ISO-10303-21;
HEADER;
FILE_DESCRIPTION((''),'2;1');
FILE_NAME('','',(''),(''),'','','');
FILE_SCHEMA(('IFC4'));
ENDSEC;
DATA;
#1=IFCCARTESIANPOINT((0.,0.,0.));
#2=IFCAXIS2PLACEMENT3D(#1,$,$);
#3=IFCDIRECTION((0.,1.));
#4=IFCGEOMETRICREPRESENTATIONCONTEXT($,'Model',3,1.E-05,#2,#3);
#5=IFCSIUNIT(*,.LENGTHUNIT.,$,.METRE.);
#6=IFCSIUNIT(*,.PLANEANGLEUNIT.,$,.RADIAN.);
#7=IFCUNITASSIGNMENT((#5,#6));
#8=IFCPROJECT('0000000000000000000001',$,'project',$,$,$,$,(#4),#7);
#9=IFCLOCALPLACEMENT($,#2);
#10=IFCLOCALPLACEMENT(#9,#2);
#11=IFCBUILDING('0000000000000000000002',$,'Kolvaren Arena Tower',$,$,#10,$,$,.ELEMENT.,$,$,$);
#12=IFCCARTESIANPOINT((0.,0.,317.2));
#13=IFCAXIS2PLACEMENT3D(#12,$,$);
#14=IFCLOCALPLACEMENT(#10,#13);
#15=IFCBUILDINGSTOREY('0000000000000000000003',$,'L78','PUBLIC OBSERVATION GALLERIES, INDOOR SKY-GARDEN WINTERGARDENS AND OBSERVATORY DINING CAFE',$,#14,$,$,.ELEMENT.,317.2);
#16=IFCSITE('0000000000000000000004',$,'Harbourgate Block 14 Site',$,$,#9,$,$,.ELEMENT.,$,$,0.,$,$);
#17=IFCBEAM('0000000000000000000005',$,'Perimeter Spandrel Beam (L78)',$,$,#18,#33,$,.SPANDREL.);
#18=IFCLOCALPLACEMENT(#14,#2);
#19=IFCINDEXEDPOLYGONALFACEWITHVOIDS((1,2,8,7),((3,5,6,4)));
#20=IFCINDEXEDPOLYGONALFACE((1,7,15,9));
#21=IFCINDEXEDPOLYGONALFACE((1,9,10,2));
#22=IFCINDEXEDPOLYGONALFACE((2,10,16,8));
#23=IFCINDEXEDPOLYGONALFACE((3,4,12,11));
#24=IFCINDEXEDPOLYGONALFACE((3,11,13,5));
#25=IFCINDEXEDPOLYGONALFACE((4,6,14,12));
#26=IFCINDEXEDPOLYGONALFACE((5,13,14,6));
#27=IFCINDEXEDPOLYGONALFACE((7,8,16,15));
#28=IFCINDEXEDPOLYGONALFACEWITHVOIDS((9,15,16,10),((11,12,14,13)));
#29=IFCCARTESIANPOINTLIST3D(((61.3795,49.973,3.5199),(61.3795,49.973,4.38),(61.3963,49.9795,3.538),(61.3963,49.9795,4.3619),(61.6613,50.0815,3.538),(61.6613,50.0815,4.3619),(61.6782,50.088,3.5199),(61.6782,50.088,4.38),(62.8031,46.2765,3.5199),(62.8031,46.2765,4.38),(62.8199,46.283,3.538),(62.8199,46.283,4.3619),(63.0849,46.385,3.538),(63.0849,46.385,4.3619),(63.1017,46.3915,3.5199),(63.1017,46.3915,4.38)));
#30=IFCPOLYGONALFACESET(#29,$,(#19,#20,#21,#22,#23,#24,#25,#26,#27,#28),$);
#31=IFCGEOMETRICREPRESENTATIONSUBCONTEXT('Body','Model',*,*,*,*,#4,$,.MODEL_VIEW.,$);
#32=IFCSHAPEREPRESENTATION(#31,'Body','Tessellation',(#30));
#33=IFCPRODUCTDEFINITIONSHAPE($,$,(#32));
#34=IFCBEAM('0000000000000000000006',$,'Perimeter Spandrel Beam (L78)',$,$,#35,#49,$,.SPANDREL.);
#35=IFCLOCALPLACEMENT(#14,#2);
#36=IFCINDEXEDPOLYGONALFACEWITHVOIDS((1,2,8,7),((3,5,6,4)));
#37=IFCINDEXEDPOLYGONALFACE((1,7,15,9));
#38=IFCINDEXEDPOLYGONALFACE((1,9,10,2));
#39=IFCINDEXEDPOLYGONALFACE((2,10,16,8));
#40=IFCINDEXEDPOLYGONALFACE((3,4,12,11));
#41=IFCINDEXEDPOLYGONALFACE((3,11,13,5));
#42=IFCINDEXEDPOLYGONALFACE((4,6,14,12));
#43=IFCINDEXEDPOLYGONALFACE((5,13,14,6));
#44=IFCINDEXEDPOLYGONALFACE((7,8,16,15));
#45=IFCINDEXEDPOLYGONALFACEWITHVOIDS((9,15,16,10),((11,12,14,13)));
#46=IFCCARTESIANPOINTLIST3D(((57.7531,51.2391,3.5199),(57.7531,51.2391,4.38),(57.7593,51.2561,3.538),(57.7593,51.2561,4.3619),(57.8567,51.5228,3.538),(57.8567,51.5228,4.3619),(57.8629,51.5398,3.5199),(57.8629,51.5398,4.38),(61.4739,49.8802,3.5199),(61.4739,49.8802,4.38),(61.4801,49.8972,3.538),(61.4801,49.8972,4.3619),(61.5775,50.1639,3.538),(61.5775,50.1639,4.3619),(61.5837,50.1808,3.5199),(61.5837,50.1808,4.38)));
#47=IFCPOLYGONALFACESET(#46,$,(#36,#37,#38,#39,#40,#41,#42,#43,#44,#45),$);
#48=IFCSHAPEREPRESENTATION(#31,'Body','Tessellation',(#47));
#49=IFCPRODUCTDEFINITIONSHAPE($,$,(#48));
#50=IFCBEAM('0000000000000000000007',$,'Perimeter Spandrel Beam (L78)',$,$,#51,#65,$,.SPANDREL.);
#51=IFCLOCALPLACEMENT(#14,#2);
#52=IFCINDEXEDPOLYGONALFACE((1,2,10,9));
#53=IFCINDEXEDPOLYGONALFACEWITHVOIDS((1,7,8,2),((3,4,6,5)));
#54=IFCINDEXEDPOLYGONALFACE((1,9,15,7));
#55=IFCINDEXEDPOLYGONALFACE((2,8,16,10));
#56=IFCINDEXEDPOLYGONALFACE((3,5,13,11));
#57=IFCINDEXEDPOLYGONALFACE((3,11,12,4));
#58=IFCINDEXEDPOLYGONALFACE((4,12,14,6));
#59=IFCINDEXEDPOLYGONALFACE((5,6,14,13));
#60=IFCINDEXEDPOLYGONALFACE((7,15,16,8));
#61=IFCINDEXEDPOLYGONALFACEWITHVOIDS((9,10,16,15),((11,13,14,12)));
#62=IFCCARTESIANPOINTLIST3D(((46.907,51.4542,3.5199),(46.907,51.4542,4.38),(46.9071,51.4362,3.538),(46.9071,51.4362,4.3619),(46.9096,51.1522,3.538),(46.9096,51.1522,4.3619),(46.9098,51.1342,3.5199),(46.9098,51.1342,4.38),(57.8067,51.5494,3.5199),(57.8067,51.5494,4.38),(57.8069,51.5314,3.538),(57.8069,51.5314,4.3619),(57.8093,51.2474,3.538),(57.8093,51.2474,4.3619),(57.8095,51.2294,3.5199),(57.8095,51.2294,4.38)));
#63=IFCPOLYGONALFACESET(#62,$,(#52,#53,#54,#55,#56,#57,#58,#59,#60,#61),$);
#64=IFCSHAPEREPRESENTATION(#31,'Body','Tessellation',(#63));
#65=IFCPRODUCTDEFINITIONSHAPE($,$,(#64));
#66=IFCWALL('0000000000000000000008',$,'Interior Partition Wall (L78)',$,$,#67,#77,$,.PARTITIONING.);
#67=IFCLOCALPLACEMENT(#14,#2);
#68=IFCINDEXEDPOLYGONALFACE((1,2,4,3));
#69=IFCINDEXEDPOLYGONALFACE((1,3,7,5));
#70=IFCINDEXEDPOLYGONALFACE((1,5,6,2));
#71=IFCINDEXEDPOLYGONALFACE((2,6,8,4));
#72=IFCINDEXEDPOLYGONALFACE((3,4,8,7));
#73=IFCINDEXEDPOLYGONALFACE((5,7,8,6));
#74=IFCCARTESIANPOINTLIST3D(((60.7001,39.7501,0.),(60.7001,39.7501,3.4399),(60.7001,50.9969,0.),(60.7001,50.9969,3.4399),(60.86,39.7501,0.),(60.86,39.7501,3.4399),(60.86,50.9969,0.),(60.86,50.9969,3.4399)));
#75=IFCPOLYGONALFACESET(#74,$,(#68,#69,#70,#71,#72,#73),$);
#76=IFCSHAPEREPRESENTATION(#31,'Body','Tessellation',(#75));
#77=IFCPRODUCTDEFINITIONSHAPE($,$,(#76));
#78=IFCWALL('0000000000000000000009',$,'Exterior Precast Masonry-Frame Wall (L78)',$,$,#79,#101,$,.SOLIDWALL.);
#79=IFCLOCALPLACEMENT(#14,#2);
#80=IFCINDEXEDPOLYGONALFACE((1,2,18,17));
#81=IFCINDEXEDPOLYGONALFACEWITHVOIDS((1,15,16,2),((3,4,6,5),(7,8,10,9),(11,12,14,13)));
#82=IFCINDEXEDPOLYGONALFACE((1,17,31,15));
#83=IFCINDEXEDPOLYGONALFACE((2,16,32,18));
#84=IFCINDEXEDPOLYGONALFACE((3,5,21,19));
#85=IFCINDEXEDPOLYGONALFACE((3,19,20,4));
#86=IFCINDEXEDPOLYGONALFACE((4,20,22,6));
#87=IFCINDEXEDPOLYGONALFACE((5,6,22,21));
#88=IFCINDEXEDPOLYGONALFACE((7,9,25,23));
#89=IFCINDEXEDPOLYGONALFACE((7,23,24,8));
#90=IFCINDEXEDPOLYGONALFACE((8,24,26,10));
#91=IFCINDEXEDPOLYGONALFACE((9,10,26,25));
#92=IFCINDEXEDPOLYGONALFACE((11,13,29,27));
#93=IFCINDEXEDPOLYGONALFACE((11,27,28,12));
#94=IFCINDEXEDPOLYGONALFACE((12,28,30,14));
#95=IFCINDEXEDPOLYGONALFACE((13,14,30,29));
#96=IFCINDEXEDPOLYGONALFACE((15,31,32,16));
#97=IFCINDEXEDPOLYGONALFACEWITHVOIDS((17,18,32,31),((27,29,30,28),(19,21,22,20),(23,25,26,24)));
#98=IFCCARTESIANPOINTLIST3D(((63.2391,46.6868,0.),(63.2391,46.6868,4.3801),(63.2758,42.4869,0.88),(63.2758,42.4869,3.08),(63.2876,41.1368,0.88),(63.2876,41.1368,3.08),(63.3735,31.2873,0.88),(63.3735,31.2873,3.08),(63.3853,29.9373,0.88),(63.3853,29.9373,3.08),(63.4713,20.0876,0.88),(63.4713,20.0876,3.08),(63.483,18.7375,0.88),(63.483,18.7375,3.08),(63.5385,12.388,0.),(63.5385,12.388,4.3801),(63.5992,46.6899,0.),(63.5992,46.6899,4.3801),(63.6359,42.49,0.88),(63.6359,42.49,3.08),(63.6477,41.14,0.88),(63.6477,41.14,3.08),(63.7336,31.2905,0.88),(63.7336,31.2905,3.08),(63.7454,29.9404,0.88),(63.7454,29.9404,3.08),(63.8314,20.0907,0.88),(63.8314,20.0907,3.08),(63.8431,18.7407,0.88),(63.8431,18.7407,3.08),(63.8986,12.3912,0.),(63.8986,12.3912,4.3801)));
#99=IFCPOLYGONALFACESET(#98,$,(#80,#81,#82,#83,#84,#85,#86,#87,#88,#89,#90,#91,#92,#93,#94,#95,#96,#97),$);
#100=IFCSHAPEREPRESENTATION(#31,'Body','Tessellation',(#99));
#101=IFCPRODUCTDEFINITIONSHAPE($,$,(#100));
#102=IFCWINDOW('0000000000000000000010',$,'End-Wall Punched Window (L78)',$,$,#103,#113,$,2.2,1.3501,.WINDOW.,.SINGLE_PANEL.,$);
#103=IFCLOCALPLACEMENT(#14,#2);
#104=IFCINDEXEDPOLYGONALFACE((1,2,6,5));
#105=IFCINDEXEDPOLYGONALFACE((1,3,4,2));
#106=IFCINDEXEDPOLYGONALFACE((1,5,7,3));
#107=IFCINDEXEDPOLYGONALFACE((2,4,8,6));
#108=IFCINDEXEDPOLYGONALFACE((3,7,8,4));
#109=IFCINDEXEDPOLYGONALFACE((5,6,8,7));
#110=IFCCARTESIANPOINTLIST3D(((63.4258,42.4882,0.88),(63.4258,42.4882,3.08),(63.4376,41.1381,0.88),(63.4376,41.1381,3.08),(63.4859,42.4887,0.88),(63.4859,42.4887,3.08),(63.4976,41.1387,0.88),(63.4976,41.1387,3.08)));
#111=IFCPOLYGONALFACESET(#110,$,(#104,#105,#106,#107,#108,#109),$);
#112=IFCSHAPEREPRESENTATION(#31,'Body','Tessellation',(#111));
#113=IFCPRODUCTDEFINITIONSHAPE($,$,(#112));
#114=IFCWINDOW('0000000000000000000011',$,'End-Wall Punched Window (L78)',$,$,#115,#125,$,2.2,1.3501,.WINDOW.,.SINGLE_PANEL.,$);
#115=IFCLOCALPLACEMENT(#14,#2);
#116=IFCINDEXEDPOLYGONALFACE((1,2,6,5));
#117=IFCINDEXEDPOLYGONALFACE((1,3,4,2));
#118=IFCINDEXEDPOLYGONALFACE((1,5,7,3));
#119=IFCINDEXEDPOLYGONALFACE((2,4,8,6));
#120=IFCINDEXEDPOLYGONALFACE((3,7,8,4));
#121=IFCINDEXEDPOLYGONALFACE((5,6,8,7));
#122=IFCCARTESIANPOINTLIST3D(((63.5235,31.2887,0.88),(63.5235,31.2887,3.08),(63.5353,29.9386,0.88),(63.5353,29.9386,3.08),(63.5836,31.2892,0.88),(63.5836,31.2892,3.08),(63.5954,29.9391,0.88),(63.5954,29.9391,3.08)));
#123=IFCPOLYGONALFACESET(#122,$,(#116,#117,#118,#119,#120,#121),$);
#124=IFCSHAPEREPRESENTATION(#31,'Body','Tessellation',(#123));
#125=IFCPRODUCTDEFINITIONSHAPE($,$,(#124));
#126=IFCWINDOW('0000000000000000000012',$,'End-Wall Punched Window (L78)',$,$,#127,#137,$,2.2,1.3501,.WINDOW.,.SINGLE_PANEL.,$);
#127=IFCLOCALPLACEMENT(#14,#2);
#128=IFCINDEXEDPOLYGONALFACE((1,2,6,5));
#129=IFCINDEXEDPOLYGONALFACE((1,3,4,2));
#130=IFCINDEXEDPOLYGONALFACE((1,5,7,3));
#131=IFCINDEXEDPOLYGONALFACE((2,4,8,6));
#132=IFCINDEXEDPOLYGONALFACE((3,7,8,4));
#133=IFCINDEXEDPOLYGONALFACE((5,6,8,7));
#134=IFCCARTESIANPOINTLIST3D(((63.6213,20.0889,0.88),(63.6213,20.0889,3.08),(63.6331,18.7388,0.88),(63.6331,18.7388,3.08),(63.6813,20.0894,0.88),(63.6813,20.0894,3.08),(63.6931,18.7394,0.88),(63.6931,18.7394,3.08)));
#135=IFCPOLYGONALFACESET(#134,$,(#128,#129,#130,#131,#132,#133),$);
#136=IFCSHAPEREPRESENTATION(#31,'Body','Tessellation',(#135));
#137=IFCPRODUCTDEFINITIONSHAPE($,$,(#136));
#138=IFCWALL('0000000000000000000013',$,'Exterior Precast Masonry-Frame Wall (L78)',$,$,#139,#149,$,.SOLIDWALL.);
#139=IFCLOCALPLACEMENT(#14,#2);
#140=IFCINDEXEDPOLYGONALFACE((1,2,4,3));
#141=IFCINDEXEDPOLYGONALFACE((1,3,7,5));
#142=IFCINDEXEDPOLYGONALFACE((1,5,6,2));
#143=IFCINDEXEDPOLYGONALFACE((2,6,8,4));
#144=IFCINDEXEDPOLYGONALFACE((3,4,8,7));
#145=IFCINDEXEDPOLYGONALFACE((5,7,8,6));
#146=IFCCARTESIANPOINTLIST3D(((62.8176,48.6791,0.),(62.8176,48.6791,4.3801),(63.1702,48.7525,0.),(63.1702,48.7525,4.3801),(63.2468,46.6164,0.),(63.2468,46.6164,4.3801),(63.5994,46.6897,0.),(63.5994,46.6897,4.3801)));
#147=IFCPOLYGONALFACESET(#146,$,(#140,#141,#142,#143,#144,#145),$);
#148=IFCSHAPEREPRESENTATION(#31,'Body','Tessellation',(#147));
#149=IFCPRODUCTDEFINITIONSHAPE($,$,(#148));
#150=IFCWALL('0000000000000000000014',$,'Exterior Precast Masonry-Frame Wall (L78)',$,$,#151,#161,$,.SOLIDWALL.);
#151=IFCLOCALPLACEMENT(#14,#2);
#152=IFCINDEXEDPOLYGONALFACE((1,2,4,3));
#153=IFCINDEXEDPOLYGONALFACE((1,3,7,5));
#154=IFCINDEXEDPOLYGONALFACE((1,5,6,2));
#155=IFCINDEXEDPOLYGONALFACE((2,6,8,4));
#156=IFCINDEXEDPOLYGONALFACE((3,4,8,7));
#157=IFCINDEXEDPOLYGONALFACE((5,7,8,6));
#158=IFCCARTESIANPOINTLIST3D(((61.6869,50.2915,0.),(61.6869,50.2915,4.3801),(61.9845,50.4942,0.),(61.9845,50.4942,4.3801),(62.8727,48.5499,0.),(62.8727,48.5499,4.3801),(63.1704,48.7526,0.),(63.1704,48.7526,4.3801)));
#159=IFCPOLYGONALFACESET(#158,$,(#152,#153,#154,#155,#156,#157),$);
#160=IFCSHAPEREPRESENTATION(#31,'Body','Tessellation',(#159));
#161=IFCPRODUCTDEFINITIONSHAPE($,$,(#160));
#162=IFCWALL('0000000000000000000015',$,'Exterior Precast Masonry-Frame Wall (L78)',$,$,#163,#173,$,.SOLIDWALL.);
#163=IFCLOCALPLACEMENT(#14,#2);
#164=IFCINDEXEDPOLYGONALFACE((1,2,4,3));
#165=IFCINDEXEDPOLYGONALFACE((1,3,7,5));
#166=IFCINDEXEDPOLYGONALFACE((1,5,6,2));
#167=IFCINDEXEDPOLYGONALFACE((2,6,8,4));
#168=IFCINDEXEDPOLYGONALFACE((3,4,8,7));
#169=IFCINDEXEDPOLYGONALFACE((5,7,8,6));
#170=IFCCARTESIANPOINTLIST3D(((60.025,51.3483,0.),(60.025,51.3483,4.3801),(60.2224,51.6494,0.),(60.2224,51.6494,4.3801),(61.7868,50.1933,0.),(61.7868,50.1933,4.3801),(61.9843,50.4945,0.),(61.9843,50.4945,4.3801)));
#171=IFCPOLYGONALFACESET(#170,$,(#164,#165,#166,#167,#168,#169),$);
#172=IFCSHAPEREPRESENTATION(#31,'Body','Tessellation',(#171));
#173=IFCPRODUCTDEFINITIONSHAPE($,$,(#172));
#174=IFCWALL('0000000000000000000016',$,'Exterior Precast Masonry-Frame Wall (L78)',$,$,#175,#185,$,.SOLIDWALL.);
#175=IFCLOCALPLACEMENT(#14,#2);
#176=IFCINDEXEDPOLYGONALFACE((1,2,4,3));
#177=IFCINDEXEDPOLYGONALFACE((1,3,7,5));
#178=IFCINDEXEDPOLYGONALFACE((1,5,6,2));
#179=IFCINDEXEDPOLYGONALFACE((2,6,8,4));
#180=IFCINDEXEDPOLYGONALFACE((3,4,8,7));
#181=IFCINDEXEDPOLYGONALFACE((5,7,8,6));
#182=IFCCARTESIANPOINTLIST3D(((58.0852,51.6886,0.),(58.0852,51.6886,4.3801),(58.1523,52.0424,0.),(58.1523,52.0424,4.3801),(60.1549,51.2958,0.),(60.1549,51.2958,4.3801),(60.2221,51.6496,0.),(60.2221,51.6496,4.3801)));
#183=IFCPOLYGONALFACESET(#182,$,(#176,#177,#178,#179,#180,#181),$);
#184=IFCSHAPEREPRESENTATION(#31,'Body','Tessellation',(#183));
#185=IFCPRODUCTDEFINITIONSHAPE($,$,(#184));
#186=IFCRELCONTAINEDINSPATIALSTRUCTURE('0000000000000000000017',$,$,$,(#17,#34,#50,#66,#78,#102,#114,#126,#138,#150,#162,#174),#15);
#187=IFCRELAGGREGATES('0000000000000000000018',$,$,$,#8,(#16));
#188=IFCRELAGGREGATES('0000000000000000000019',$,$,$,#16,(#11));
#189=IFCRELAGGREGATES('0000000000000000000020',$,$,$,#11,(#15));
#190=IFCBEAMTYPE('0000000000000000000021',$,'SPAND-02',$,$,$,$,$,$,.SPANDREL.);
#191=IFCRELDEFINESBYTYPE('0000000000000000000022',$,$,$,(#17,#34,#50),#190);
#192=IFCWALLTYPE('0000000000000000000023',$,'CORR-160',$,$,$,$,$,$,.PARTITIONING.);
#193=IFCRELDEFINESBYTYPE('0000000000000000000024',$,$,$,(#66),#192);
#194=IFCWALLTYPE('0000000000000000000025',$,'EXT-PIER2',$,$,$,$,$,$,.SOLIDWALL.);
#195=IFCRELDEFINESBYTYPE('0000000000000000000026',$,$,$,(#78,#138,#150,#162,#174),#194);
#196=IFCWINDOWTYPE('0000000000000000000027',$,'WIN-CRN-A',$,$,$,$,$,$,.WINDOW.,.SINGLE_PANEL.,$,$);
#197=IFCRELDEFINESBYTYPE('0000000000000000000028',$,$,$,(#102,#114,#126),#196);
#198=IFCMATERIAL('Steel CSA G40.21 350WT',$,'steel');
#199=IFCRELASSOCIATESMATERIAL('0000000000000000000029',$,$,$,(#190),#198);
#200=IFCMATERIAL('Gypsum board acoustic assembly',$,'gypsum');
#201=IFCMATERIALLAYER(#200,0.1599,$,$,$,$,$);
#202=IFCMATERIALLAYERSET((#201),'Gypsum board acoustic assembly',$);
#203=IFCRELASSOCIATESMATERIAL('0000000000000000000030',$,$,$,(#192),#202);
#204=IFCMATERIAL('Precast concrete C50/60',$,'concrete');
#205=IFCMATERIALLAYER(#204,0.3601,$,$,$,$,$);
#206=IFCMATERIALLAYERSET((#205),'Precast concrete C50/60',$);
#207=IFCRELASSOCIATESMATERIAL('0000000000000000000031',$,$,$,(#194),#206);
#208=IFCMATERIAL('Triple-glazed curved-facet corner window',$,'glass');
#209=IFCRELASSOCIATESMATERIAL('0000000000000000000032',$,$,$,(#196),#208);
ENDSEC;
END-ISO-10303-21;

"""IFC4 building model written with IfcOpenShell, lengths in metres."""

from ifc_helpers import new_model, si_unit, direction, frame, frame_2d, origin, origin_2d, place, context, subcontext, project, spatial, rectangle, hollow_rectangle, extrude, material, layer, layer_set, material_profile, profile_set, type_object, element, fill, save


model = new_model("IFC4")

# Units and contexts
model_context = context("Model", 3, precision=1e-05, world=origin(), true_north=direction((0.0, 1.0)))
body_context = subcontext(model_context, "Body", "Model", "MODEL_VIEW")
ifc_project = project(units=[si_unit("LENGTHUNIT", "METRE"), si_unit("PLANEANGLEUNIT", "RADIAN")], contexts=[model_context])

# Site, building, storey
site_placement = place(None, origin())
site = spatial("IfcSite", under=ifc_project, at=site_placement, Name="Harbourgate Block 14 Site", CompositionType="ELEMENT", RefElevation=0.0)
building_placement = place(site_placement, origin())
building = spatial("IfcBuilding", under=site, at=building_placement, Name="Kolvaren Arena Tower", CompositionType="ELEMENT")
storey_placement = place(building_placement, frame((0.0, 0.0, 317.2)))
storey = spatial("IfcBuildingStorey", under=building, at=storey_placement, Name="L78", Description="PUBLIC OBSERVATION GALLERIES, INDOOR SKY-GARDEN WINTERGARDENS AND OBSERVATORY DINING CAFE", CompositionType="ELEMENT", Elevation=317.2)

# Shared definitions
ifc_material_1 = material(Name="Precast concrete C50/60", Category="concrete")

# Beams
ifc_material_2 = material(Name="Steel CSA G40.21 350WT", Category="steel")
ifc_material_profile_1 = material_profile(ifc_material_2, hollow_rectangle(XDim=0.3201, YDim=0.8601, WallThickness=0.0181, at=origin_2d()), Name="HSS 860x320x18")
ifc_profile_set_1 = profile_set([ifc_material_profile_1], Name="Steel CSA G40.21 350WT")
beam_type_1 = type_object("IfcBeamType", Name="SPAND-02", PredefinedType="SPANDREL", material=ifc_profile_set_1)
for number, where, z_axis, x_axis, name in (
    (1, (62.9524, 46.334, 3.95), (-0.359384, 0.93319, 0.0), (-0.93319, -0.359384, 0.0), "Perimeter Spandrel Beam (L78)"),
    (2, (61.5288, 50.0305, 3.95), (-0.939314, 0.343059, 0.0), (-0.343059, -0.939314, 0.0), "Perimeter Spandrel Beam (L78)"),
):
    element("IfcBeam", number, at=place(storey_placement, frame(where, z_axis=z_axis, x_axis=x_axis)), inside=storey, type_object=beam_type_1, Name=name, PredefinedType="SPANDREL", context=body_context, shape_type="SweptSolid", body=[
        extrude(hollow_rectangle(XDim=0.3201, YDim=0.8601, WallThickness=0.0181, at=origin_2d()), origin(), (0.0, 0.0, 1.0), 3.9612),
    ])
beam_1_placement = place(storey_placement, frame((57.8081, 51.3894, 3.95), z_axis=(-0.999962, -0.008735, 0.0), x_axis=(0.008735, -0.999962, 0.0)))
element("IfcBeam", 3, at=beam_1_placement, inside=storey, type_object=beam_type_1, Name="Perimeter Spandrel Beam (L78)", PredefinedType="SPANDREL", context=body_context, shape_type="SweptSolid", body=[
    extrude(hollow_rectangle(XDim=0.3201, YDim=0.8601, WallThickness=0.0181, at=origin_2d()), origin(), (0.0, 0.0, 1.0), 10.9001),
])

# Wall
ifc_material_3 = material(Name="Gypsum board acoustic assembly", Category="gypsum")
ifc_layer_1 = layer(ifc_material_3, 0.1599)
ifc_layer_set_1 = layer_set([ifc_layer_1], Name="Gypsum board acoustic assembly")
wall_type_1 = type_object("IfcWallType", Name="CORR-160", PredefinedType="PARTITIONING", material=ifc_layer_set_1)
wall_1_placement = place(storey_placement, frame((60.78, 39.75, 0.0), z_axis=(0.0, 0.0, 1.0), x_axis=(0.0, 1.0, 0.0)))
element("IfcWall", 4, at=wall_1_placement, inside=storey, type_object=wall_type_1, Name="Interior Partition Wall (L78)", PredefinedType="PARTITIONING", context=body_context, shape_type="SweptSolid", body=[
    extrude(rectangle(XDim=11.2468, YDim=0.1599, at=frame_2d((5.6235, 0.0))), origin(), (0.0, 0.0, 1.0), 3.4399),
])

# Wall, openings, windows
ifc_layer_2 = layer(ifc_material_1, 0.3601)
ifc_layer_set_2 = layer_set([ifc_layer_2], Name="Precast concrete C50/60")
wall_type_2 = type_object("IfcWallType", Name="EXT-PIER2", PredefinedType="SOLIDWALL", material=ifc_layer_set_2)
wall_2_placement = place(storey_placement, frame((63.4192, 46.6882, 0.0), z_axis=(0.0, 0.0, 1.0), x_axis=(0.008726, -0.999962, 0.0)))
wall_2 = element("IfcWall", 5, at=wall_2_placement, inside=storey, type_object=wall_type_2, Name="Exterior Precast Masonry-Frame Wall (L78)", PredefinedType="SOLIDWALL", context=body_context, shape_type="SweptSolid", body=[
    extrude(rectangle(XDim=34.3, YDim=0.3601, at=frame_2d((17.1499, 0.0))), origin(), (0.0, 0.0, 1.0), 4.3801),
])
opening_1_placement = place(wall_2_placement, frame((4.2, 0.0, 0.8799)))
opening_1 = element("IfcOpeningElement", 6, at=opening_1_placement, cuts=wall_2, PredefinedType="OPENING", context=body_context, shape_type="SweptSolid", body=[
    extrude(rectangle(XDim=1.3501, YDim=2.2, at=frame_2d((0.675, 1.1001))), frame((0.0, 0.1899, 0.0), z_axis=(0.0, -1.0, 0.0), x_axis=(1.0, 0.0, 0.0)), (0.0, 0.0, 1.0), 0.3801),
])
opening_2_placement = place(wall_2_placement, frame((15.3999, 0.0, 0.8799)))
opening_2 = element("IfcOpeningElement", 7, at=opening_2_placement, cuts=wall_2, PredefinedType="OPENING", context=body_context, shape_type="SweptSolid", body=[
    extrude(rectangle(XDim=1.3501, YDim=2.2, at=frame_2d((0.675, 1.1001))), frame((0.0, 0.1899, 0.0), z_axis=(0.0, -1.0, 0.0), x_axis=(1.0, 0.0, 0.0)), (0.0, 0.0, 1.0), 0.3801),
])
opening_3_placement = place(wall_2_placement, frame((26.6001, 0.0, 0.8799)))
opening_3 = element("IfcOpeningElement", 8, at=opening_3_placement, cuts=wall_2, PredefinedType="OPENING", context=body_context, shape_type="SweptSolid", body=[
    extrude(rectangle(XDim=1.3501, YDim=2.2, at=frame_2d((0.675, 1.1001))), frame((0.0, 0.1899, 0.0), z_axis=(0.0, -1.0, 0.0), x_axis=(1.0, 0.0, 0.0)), (0.0, 0.0, 1.0), 0.3801),
])
ifc_material_4 = material(Name="Triple-glazed curved-facet corner window", Category="glass")
window_type = type_object("IfcWindowType", Name="WIN-CRN-A", PartitioningType="SINGLE_PANEL", PredefinedType="WINDOW", material=ifc_material_4)
window_1_placement = place(opening_1_placement, origin())
window_1 = element("IfcWindow", 9, at=window_1_placement, inside=storey, type_object=window_type, Name="End-Wall Punched Window (L78)", OverallHeight=2.2, OverallWidth=1.3501, PartitioningType="SINGLE_PANEL", PredefinedType="WINDOW", context=body_context, shape_type="SweptSolid", body=[
    extrude(rectangle(XDim=1.3501, YDim=2.2, at=frame_2d((0.675, 1.1001))), frame((0.0, 0.03, 0.0), z_axis=(0.0, -1.0, 0.0), x_axis=(1.0, 0.0, 0.0)), (0.0, 0.0, 1.0), 0.0601),
])
fill(opening_1, window_1)
window_2_placement = place(opening_2_placement, origin())
window_2 = element("IfcWindow", 10, at=window_2_placement, inside=storey, type_object=window_type, Name="End-Wall Punched Window (L78)", OverallHeight=2.2, OverallWidth=1.3501, PartitioningType="SINGLE_PANEL", PredefinedType="WINDOW", context=body_context, shape_type="SweptSolid", body=[
    extrude(rectangle(XDim=1.3501, YDim=2.2, at=frame_2d((0.675, 1.1001))), frame((0.0, 0.03, 0.0), z_axis=(0.0, -1.0, 0.0), x_axis=(1.0, 0.0, 0.0)), (0.0, 0.0, 1.0), 0.0601),
])
fill(opening_2, window_2)
window_3_placement = place(opening_3_placement, origin())
window_3 = element("IfcWindow", 11, at=window_3_placement, inside=storey, type_object=window_type, Name="End-Wall Punched Window (L78)", OverallHeight=2.2, OverallWidth=1.3501, PartitioningType="SINGLE_PANEL", PredefinedType="WINDOW", context=body_context, shape_type="SweptSolid", body=[
    extrude(rectangle(XDim=1.3501, YDim=2.2, at=frame_2d((0.675, 1.1001))), frame((0.0, 0.03, 0.0), z_axis=(0.0, -1.0, 0.0), x_axis=(1.0, 0.0, 0.0)), (0.0, 0.0, 1.0), 0.0601),
])
fill(opening_3, window_3)

# Walls
for number, where, z_axis, x_axis, name in (
    (12, (62.9939, 48.7158, 0.0), (0.0, 0.0, 1.0), (0.203709, -0.979031, 0.0), "Exterior Precast Masonry-Frame Wall (L78)"),
    (13, (61.8357, 50.3928, 0.0), (0.0, 0.0, 1.0), (0.56283, -0.826573, 0.0), "Exterior Precast Masonry-Frame Wall (L78)"),
):
    element("IfcWall", number, at=place(storey_placement, frame(where, z_axis=z_axis, x_axis=x_axis)), inside=storey, type_object=wall_type_2, Name=name, PredefinedType="SOLIDWALL", context=body_context, shape_type="SweptSolid", body=[
        extrude(rectangle(XDim=2.1069, YDim=0.3601, at=frame_2d((1.0535, 0.0))), origin(), (0.0, 0.0, 1.0), 4.3801),
    ])
for number, where, z_axis, x_axis, name in (
    (14, (60.1238, 51.4988, 0.0), (0.0, 0.0, 1.0), (0.836322, -0.548239, 0.0), "Exterior Precast Masonry-Frame Wall (L78)"),
    (15, (58.1189, 51.8655, 0.0), (0.0, 0.0, 1.0), (0.982463, -0.186457, 0.0), "Exterior Precast Masonry-Frame Wall (L78)"),
):
    element("IfcWall", number, at=place(storey_placement, frame(where, z_axis=z_axis, x_axis=x_axis)), inside=storey, type_object=wall_type_2, Name=name, PredefinedType="SOLIDWALL", context=body_context, shape_type="SweptSolid", body=[
        extrude(rectangle(XDim=2.1067, YDim=0.3601, at=frame_2d((1.0532, 0.0))), origin(), (0.0, 0.0, 1.0), 4.3801),
    ])

save(model, "model.ifc")
